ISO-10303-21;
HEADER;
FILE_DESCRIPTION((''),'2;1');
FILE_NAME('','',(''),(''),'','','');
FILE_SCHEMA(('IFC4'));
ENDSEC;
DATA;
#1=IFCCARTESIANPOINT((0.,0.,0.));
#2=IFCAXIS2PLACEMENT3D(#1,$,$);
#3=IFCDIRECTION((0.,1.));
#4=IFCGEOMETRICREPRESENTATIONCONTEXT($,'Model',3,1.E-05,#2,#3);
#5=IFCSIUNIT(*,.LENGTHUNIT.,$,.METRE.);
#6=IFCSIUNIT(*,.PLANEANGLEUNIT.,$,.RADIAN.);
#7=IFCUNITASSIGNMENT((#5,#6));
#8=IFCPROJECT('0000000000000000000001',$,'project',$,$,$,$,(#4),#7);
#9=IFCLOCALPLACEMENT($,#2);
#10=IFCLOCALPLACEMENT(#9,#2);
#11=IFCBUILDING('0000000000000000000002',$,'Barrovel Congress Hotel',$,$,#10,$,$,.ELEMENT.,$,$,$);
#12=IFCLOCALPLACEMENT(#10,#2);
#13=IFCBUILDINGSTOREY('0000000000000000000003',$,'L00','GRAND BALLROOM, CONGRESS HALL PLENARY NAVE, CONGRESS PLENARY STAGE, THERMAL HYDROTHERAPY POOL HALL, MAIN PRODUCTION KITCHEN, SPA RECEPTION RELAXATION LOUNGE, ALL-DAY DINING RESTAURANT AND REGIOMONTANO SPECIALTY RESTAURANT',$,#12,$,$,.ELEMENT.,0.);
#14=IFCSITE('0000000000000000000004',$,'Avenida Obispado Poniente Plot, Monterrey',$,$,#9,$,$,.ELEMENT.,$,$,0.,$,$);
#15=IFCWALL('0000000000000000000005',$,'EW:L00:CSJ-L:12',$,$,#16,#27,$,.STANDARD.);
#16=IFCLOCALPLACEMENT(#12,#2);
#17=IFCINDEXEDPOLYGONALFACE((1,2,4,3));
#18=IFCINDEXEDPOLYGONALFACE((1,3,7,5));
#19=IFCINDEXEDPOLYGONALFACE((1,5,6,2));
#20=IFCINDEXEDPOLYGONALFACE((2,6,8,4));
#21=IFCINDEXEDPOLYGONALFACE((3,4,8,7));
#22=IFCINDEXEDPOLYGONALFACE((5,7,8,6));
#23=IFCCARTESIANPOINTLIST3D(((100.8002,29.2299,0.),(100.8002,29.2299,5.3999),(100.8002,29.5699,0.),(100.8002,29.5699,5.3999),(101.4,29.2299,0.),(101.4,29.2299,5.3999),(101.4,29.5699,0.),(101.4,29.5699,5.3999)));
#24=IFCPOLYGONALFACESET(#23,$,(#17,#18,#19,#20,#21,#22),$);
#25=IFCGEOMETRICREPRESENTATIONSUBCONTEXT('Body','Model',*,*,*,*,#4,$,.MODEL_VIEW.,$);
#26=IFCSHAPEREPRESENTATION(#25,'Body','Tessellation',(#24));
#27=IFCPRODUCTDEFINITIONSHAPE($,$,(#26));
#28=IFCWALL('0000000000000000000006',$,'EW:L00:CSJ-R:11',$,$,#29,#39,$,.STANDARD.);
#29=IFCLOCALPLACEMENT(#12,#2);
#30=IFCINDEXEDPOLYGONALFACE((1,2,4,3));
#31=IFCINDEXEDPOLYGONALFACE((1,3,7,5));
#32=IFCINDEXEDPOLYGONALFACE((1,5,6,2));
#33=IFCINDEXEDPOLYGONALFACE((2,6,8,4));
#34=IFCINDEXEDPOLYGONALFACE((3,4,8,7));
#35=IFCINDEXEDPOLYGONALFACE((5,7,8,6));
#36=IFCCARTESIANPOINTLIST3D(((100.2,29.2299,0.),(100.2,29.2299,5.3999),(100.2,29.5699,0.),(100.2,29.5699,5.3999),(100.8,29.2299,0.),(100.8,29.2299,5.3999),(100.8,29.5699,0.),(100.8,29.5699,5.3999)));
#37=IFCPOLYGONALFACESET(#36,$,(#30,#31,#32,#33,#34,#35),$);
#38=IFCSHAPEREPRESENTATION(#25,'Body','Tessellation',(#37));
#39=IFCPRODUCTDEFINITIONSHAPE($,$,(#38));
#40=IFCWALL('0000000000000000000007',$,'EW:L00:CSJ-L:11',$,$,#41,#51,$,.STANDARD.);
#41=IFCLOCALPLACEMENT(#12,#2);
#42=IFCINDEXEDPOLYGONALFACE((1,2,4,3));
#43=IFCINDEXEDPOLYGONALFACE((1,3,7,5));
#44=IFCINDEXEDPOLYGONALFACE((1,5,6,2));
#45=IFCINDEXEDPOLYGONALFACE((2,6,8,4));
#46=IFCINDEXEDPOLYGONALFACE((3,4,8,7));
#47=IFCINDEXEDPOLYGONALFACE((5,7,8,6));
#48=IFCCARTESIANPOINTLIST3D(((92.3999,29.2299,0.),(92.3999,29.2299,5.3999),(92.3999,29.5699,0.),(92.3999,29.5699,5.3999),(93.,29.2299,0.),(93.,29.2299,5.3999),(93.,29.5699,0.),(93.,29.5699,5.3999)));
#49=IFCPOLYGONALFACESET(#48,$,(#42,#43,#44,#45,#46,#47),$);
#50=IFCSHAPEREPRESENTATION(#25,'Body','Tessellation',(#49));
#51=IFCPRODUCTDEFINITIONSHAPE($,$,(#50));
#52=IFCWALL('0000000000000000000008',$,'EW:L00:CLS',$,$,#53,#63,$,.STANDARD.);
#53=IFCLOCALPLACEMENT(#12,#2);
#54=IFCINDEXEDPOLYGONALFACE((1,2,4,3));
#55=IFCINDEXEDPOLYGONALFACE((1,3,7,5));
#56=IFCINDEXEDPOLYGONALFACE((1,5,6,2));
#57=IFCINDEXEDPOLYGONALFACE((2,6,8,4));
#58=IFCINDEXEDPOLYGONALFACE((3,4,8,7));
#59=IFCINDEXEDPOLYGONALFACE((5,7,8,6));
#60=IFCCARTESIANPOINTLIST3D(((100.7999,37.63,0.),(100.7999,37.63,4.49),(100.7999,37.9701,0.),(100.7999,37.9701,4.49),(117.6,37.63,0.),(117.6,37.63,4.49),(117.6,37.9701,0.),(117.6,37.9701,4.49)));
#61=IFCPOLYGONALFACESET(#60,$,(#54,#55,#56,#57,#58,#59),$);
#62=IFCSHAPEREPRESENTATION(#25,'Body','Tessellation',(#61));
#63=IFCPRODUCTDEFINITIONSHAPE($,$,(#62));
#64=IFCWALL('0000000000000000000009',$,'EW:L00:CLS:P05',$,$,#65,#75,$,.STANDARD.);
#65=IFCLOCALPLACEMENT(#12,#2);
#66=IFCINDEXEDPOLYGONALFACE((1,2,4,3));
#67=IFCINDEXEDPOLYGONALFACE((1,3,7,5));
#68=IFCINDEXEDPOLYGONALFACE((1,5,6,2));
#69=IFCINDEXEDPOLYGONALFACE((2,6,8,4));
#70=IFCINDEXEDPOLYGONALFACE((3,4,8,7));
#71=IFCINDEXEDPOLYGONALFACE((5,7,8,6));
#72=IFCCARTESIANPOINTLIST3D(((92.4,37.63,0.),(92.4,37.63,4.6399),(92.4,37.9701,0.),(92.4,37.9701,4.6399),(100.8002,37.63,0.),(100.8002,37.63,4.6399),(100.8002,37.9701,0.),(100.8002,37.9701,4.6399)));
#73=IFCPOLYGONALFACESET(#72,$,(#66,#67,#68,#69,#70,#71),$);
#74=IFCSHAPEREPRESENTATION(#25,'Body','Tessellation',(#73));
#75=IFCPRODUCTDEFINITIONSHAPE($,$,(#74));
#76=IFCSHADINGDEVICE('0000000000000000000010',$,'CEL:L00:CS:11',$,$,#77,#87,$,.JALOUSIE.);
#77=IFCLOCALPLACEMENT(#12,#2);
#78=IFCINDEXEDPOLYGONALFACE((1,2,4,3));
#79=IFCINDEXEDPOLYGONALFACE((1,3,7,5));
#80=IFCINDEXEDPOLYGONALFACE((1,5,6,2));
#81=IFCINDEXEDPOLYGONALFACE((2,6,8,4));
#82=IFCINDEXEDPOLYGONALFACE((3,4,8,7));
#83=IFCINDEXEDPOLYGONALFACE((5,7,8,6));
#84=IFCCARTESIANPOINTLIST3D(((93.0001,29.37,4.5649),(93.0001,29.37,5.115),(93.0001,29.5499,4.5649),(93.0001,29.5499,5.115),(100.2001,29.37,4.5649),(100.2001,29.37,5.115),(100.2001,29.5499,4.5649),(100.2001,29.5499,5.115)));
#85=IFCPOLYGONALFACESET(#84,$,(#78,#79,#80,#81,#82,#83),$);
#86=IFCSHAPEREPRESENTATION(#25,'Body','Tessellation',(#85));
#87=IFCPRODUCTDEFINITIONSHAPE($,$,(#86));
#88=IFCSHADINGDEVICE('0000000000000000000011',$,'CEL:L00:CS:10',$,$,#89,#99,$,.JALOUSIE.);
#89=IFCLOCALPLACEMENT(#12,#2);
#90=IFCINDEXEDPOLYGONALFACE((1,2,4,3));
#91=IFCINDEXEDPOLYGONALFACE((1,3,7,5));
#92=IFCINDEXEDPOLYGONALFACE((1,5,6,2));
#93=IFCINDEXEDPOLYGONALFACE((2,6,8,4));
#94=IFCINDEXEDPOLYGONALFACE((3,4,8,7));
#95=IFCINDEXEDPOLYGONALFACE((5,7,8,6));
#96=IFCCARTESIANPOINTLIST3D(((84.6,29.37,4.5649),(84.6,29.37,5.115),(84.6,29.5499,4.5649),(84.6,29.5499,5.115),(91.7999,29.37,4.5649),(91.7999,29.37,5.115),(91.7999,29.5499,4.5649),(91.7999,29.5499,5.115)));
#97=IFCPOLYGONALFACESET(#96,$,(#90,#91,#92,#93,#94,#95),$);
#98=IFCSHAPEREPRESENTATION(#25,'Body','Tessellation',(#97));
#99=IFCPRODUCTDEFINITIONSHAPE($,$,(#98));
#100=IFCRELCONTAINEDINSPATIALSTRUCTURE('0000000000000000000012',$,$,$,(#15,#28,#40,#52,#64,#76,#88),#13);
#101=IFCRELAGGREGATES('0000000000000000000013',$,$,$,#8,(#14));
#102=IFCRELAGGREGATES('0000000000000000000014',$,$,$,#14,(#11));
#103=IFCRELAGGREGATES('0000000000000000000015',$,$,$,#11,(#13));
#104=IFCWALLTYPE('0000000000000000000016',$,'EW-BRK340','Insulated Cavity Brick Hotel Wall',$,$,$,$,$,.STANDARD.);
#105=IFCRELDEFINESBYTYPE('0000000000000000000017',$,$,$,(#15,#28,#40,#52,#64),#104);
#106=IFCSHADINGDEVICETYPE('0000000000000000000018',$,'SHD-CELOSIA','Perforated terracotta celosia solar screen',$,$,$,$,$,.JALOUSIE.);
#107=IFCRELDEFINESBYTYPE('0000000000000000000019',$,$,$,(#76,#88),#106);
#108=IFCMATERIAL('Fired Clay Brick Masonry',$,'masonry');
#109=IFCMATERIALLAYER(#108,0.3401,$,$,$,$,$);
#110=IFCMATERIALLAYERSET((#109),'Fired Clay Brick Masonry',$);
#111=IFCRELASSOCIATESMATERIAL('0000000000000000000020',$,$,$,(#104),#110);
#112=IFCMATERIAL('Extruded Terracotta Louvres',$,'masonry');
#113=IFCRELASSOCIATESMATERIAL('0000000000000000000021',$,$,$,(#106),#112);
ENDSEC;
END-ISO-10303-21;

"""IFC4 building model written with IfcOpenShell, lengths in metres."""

from ifc_helpers import new_model, si_unit, direction, frame, frame_2d, origin, origin_2d, place, context, subcontext, project, spatial, rectangle, extrude, material, layer, layer_set, type_object, element, save


model = new_model("IFC4")

# Units and contexts
model_context = context("Model", 3, precision=1e-05, world=origin(), true_north=direction((0.0, 1.0)))
body_context = subcontext(model_context, "Body", "Model", "MODEL_VIEW")
ifc_project = project(units=[si_unit("LENGTHUNIT", "METRE"), si_unit("PLANEANGLEUNIT", "RADIAN")], contexts=[model_context])

# Site, building, storey
site_placement = place(None, origin())
site = spatial("IfcSite", under=ifc_project, at=site_placement, Name="Avenida Obispado Poniente Plot, Monterrey", CompositionType="ELEMENT", RefElevation=0.0)
building_placement = place(site_placement, origin())
building = spatial("IfcBuilding", under=site, at=building_placement, Name="Barrovel Congress Hotel", CompositionType="ELEMENT")
storey_placement = place(building_placement, origin())
storey = spatial("IfcBuildingStorey", under=building, at=storey_placement, Name="L00", Description="GRAND BALLROOM, CONGRESS HALL PLENARY NAVE, CONGRESS PLENARY STAGE, THERMAL HYDROTHERAPY POOL HALL, MAIN PRODUCTION KITCHEN, SPA RECEPTION RELAXATION LOUNGE, ALL-DAY DINING RESTAURANT AND REGIOMONTANO SPECIALTY RESTAURANT", CompositionType="ELEMENT", Elevation=0.0)

# Walls
ifc_material_1 = material(Name="Fired Clay Brick Masonry", Category="masonry")
ifc_layer_1 = layer(ifc_material_1, 0.3401)
ifc_layer_set_1 = layer_set([ifc_layer_1], Name="Fired Clay Brick Masonry")
wall_type = type_object("IfcWallType", Name="EW-BRK340", Description="Insulated Cavity Brick Hotel Wall", PredefinedType="STANDARD", material=ifc_layer_set_1)
wall_1_placement = place(storey_placement, frame((101.3999, 29.3999, 0.0), z_axis=(0.0, 0.0, 1.0), x_axis=(-1.0, 0.0, 0.0)))
element("IfcWall", 1, at=wall_1_placement, inside=storey, type_object=wall_type, Name="EW:L00:CSJ-L:12", PredefinedType="STANDARD", context=body_context, shape_type="SweptSolid", body=[
    extrude(rectangle(XDim=0.5999, YDim=0.3401, at=frame_2d((0.2998, 0.0))), origin(), (0.0, 0.0, 1.0), 5.3999),
])
for number, where, z_axis, x_axis, name in (
    (2, (100.8, 29.3999, 0.0), (0.0, 0.0, 1.0), (-1.0, 0.0, 0.0), "EW:L00:CSJ-R:11"),
    (3, (93.0, 29.3999, 0.0), (0.0, 0.0, 1.0), (-1.0, 0.0, 0.0), "EW:L00:CSJ-L:11"),
):
    element("IfcWall", number, at=place(storey_placement, frame(where, z_axis=z_axis, x_axis=x_axis)), inside=storey, type_object=wall_type, Name=name, PredefinedType="STANDARD", context=body_context, shape_type="SweptSolid", body=[
        extrude(rectangle(XDim=0.6001, YDim=0.3401, at=frame_2d((0.3, 0.0))), origin(), (0.0, 0.0, 1.0), 5.3999),
    ])
wall_2_placement = place(storey_placement, frame((100.8, 37.8, 0.0), z_axis=(0.0, 0.0, 1.0), x_axis=(1.0, 0.0, 0.0)))
element("IfcWall", 4, at=wall_2_placement, inside=storey, type_object=wall_type, Name="EW:L00:CLS", PredefinedType="STANDARD", context=body_context, shape_type="SweptSolid", body=[
    extrude(rectangle(XDim=16.8, YDim=0.3401, at=frame_2d((8.3999, 0.0))), origin(), (0.0, 0.0, 1.0), 4.49),
])
wall_3_placement = place(storey_placement, frame((92.3999, 37.8, 0.0), z_axis=(0.0, 0.0, 1.0), x_axis=(1.0, 0.0, 0.0)))
element("IfcWall", 5, at=wall_3_placement, inside=storey, type_object=wall_type, Name="EW:L00:CLS:P05", PredefinedType="STANDARD", context=body_context, shape_type="SweptSolid", body=[
    extrude(rectangle(XDim=8.4001, YDim=0.3401, at=frame_2d((4.2002, 0.0))), origin(), (0.0, 0.0, 1.0), 4.6399),
])

# Shading devices
ifc_material_2 = material(Name="Extruded Terracotta Louvres", Category="masonry")
shading_device_type = type_object("IfcShadingDeviceType", Name="SHD-CELOSIA", Description="Perforated terracotta celosia solar screen", PredefinedType="JALOUSIE", material=ifc_material_2)
for number, where, z_axis, x_axis, name in (
    (6, (96.6001, 29.46, 4.5649), (0.0, 0.0, 1.0), (1.0, 0.0, 0.0), "CEL:L00:CS:11"),
    (7, (88.2, 29.46, 4.5649), (0.0, 0.0, 1.0), (1.0, 0.0, 0.0), "CEL:L00:CS:10"),
):
    element("IfcShadingDevice", number, at=place(storey_placement, frame(where, z_axis=z_axis, x_axis=x_axis)), inside=storey, type_object=shading_device_type, Name=name, PredefinedType="JALOUSIE", context=body_context, shape_type="SweptSolid", body=[
        extrude(rectangle(XDim=7.2, YDim=0.1799, at=origin_2d()), origin(), (0.0, 0.0, 1.0), 0.55),
    ])

save(model, "model.ifc")
